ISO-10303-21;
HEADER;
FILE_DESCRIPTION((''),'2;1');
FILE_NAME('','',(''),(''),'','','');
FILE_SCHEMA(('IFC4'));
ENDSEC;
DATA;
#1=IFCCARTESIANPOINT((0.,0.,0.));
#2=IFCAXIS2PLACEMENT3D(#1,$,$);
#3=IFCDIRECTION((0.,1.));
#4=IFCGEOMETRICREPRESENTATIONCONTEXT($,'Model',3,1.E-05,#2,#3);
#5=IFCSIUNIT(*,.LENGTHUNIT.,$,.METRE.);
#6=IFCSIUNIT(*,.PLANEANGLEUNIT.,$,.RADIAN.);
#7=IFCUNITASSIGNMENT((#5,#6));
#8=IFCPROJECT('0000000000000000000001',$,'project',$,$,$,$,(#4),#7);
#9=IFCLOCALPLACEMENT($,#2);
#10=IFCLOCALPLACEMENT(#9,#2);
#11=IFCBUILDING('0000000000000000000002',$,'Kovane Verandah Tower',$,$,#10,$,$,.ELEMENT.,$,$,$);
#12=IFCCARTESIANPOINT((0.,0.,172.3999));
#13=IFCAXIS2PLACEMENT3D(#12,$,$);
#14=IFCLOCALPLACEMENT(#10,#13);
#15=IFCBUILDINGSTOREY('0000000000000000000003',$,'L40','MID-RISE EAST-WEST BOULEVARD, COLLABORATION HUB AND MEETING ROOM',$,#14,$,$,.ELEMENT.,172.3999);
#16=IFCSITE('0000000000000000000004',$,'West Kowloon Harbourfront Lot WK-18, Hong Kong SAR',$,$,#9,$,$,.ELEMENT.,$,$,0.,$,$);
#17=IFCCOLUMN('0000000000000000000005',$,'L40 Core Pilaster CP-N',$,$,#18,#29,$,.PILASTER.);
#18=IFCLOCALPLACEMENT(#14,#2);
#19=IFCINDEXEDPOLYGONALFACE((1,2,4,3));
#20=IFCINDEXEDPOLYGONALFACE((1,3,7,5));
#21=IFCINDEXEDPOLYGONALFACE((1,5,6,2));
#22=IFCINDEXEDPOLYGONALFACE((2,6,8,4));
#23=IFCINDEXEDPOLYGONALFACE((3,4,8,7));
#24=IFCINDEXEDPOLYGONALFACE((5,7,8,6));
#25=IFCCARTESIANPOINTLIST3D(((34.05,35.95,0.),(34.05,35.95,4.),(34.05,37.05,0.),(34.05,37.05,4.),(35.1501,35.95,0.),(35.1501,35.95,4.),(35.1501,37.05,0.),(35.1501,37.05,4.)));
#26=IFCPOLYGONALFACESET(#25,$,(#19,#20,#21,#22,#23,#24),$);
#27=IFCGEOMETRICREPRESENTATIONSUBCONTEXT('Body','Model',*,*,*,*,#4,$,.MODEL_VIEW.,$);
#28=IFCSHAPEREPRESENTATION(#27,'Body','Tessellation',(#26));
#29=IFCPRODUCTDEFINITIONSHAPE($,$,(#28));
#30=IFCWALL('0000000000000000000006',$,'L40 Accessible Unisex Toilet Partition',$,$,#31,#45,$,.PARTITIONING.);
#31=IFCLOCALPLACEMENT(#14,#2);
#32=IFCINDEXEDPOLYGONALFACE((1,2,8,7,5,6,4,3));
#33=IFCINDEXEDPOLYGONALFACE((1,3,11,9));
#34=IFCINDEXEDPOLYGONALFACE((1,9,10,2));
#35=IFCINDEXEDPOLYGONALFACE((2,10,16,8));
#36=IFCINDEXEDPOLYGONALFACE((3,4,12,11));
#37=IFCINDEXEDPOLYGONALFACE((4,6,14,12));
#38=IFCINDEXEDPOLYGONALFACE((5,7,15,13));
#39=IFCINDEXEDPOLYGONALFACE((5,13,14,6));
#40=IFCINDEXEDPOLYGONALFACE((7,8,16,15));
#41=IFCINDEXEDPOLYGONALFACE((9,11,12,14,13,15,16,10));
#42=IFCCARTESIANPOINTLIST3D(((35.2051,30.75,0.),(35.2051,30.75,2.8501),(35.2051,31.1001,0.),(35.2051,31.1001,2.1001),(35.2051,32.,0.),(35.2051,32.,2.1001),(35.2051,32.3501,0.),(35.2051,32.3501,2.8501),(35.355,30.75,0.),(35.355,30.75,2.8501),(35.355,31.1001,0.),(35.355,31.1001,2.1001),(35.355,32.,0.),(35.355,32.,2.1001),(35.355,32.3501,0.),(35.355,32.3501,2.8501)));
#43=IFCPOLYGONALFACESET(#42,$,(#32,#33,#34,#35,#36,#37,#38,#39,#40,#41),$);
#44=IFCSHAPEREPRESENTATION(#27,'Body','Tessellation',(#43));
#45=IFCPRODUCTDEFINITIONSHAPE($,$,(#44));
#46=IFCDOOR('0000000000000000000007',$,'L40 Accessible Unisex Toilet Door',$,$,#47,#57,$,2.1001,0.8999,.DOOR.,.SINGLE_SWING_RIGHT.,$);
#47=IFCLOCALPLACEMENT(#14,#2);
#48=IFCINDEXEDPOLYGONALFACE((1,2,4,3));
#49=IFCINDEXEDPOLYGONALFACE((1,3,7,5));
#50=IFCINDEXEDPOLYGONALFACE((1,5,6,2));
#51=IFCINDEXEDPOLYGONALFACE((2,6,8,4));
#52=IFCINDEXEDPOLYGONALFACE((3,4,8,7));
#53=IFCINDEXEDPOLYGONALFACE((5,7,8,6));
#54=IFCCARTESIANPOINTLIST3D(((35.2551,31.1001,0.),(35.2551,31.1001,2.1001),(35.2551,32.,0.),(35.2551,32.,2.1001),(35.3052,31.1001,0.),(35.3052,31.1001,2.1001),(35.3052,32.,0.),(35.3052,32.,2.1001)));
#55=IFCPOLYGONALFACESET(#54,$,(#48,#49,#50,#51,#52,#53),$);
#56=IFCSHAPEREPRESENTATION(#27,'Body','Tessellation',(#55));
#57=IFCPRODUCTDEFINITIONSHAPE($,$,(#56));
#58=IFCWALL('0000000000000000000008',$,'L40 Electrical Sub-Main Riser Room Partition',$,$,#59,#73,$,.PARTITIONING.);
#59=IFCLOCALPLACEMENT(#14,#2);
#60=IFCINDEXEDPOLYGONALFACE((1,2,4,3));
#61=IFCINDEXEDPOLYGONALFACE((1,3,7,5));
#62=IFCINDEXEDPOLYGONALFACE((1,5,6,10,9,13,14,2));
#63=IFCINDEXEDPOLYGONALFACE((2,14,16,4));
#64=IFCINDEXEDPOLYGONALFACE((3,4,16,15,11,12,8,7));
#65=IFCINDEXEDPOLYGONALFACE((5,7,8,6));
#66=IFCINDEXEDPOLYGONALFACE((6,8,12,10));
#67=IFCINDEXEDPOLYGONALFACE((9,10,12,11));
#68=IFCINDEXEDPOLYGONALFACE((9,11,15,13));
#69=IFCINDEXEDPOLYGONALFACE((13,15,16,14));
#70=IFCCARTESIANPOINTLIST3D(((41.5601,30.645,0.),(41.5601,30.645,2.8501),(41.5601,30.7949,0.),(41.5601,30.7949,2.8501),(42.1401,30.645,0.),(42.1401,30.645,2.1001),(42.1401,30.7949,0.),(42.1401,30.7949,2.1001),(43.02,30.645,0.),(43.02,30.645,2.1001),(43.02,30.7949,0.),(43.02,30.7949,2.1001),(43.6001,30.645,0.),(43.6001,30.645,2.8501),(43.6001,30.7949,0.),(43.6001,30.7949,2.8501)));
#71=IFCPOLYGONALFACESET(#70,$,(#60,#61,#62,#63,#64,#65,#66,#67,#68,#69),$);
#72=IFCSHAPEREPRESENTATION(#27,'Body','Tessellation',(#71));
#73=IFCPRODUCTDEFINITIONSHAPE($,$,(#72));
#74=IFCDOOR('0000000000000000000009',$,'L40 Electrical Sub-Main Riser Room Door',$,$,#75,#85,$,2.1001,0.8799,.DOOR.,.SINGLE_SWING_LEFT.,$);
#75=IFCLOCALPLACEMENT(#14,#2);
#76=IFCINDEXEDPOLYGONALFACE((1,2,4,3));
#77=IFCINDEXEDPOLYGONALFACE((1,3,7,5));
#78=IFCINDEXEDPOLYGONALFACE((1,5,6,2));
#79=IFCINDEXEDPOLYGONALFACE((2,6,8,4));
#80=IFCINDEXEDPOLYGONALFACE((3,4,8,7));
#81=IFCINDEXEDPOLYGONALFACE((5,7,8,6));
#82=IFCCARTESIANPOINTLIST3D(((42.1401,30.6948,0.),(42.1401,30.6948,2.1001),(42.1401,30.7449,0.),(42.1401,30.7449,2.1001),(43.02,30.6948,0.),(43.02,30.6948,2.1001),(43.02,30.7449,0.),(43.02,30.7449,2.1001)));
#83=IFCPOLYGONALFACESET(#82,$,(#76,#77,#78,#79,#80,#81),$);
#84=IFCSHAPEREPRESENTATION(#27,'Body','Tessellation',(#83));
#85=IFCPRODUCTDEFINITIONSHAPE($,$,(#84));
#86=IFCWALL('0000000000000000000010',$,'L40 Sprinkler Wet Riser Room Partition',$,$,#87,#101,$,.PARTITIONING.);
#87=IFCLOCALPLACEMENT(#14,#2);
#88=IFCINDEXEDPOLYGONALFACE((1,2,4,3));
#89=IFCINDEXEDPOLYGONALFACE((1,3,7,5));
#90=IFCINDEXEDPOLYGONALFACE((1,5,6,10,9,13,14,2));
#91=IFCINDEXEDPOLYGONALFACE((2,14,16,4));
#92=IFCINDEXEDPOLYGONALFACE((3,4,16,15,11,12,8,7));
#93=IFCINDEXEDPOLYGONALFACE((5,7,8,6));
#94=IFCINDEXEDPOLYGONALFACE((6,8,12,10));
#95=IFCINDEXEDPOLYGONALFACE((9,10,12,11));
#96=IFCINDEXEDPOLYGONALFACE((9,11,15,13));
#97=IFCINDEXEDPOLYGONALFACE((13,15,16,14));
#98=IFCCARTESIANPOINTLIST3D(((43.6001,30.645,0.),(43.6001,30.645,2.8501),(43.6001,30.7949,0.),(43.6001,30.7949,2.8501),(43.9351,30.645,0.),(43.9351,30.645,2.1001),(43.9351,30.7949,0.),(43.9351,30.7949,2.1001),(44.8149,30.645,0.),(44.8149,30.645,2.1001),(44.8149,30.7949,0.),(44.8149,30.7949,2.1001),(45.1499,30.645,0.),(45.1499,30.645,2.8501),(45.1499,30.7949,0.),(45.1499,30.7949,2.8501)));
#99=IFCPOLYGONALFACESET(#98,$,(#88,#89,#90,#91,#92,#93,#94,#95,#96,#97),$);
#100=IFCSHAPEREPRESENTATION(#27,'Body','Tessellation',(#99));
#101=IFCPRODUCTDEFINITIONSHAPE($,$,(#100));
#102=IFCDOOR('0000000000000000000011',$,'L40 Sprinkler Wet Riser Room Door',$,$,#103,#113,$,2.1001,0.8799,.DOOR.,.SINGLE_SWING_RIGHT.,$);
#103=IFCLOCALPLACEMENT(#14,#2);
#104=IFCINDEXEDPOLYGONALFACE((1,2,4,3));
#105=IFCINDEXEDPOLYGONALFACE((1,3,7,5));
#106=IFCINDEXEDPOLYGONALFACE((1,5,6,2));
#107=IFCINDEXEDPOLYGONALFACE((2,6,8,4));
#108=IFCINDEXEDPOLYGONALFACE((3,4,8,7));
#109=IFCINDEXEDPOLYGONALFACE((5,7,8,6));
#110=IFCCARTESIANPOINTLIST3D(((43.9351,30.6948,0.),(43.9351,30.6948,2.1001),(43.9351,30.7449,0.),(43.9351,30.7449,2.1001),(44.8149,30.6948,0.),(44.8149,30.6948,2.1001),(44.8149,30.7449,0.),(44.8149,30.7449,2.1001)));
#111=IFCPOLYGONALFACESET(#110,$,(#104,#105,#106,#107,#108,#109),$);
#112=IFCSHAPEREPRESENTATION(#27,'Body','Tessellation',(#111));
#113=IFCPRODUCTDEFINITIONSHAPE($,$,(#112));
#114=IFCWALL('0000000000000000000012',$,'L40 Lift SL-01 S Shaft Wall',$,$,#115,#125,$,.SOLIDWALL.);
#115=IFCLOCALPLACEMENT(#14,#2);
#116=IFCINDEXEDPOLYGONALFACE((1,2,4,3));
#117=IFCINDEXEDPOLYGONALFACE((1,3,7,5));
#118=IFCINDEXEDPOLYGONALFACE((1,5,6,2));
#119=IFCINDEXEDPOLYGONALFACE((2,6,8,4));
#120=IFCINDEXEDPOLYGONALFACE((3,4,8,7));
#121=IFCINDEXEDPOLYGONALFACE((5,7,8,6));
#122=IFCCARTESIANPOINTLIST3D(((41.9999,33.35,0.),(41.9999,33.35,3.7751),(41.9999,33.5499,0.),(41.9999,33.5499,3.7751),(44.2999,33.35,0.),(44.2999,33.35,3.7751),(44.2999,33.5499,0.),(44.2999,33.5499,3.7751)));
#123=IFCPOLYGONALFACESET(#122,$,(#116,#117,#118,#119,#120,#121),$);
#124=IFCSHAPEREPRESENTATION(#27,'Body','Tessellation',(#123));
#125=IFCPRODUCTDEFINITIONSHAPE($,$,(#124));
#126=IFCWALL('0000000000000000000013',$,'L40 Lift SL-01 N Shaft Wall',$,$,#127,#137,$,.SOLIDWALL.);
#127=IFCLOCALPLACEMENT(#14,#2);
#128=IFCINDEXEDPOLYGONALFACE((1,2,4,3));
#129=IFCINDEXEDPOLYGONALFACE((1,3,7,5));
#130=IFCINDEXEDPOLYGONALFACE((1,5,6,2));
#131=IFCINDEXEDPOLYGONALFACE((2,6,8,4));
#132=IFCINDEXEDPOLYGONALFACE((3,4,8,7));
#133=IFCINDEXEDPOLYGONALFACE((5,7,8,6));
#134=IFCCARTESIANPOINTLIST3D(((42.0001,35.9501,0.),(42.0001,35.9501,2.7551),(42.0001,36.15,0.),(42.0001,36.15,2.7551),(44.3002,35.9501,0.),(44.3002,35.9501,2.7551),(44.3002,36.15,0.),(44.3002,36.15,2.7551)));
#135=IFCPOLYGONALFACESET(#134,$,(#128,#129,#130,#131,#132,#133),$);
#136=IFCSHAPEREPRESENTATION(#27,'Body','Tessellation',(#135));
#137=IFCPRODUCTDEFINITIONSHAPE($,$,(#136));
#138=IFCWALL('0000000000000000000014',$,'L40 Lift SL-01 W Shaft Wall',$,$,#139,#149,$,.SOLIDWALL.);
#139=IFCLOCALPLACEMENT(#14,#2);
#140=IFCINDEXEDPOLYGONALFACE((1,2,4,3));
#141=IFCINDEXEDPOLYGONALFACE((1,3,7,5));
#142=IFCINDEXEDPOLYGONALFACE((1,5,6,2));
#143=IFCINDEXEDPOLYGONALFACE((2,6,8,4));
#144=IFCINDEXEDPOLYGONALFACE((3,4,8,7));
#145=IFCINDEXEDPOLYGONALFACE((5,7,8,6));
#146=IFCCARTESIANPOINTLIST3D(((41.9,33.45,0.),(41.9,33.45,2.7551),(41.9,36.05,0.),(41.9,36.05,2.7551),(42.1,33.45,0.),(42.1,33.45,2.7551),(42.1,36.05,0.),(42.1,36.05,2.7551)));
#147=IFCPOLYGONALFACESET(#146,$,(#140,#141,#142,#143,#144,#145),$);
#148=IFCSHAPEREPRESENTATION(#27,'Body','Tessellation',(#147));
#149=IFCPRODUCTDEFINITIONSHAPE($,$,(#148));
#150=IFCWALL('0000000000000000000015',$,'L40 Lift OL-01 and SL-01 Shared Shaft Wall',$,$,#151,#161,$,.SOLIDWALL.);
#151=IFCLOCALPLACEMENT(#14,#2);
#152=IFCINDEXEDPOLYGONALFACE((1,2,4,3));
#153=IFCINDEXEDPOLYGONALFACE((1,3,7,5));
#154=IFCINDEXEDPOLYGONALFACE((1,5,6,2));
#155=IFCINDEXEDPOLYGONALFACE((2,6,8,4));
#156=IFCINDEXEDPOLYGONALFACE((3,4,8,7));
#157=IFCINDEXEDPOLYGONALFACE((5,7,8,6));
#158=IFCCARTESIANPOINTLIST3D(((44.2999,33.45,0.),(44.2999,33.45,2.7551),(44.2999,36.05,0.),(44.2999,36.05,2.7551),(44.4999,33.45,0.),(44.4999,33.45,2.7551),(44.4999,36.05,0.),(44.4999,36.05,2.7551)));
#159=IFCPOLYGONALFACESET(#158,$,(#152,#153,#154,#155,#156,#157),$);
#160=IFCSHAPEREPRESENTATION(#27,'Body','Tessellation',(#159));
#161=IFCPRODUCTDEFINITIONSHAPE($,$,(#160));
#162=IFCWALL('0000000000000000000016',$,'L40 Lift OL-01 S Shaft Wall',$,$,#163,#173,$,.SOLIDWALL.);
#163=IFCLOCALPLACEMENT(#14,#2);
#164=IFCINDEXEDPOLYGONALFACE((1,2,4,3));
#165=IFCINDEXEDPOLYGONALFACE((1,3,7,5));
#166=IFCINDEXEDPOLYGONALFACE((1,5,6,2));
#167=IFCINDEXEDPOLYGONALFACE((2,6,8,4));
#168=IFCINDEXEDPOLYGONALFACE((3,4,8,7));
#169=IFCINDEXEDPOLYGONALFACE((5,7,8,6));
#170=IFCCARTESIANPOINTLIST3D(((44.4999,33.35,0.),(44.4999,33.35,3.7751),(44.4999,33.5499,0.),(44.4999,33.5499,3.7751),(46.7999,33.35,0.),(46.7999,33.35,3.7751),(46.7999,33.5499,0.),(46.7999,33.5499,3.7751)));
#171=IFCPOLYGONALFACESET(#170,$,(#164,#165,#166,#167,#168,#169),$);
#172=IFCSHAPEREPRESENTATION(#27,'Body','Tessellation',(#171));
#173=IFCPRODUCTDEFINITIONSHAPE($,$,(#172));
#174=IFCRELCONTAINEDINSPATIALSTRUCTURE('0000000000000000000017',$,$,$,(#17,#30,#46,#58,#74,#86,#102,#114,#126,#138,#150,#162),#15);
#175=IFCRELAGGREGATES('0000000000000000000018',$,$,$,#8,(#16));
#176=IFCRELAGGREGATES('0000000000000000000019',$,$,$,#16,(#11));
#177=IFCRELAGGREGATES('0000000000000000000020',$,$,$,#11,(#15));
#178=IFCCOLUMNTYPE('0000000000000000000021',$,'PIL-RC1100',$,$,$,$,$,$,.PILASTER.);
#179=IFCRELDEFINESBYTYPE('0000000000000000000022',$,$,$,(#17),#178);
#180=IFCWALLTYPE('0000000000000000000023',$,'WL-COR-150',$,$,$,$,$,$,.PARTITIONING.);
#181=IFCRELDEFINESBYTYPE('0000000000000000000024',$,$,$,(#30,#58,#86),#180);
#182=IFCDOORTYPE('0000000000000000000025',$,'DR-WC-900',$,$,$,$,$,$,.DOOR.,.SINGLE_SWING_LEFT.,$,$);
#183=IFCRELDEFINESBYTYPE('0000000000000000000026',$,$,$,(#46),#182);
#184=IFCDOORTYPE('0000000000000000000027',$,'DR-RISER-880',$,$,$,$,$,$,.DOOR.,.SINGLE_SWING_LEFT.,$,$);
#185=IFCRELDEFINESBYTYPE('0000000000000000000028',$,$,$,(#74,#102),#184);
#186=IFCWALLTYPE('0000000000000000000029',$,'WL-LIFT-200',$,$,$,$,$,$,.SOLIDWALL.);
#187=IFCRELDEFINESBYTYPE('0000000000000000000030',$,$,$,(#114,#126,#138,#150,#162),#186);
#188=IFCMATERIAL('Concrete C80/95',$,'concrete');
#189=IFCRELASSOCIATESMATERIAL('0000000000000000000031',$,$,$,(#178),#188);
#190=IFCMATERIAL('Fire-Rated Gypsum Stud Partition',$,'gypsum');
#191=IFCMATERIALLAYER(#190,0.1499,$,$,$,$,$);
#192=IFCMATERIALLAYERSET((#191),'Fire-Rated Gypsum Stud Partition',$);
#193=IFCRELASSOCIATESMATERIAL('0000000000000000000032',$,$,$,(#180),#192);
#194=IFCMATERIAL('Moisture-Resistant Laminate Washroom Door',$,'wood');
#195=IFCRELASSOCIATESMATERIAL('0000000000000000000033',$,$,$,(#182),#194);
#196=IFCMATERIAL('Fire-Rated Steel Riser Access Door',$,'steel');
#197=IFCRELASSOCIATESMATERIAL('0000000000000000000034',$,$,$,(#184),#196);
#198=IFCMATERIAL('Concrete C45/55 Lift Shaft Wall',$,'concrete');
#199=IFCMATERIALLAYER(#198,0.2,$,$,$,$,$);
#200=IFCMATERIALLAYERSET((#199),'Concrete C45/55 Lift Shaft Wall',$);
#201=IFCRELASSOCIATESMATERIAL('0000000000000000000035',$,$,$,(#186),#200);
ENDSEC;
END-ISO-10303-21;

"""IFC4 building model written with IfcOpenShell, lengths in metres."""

from ifc_helpers import new_model, si_unit, direction, frame, frame_2d, origin, origin_2d, place, context, subcontext, project, spatial, rectangle, extrude, material, layer, layer_set, material_profile, profile_set, type_object, element, fill, save


model = new_model("IFC4")

# Units and contexts
model_context = context("Model", 3, precision=1e-05, world=origin(), true_north=direction((0.0, 1.0)))
body_context = subcontext(model_context, "Body", "Model", "MODEL_VIEW")
ifc_project = project(units=[si_unit("LENGTHUNIT", "METRE"), si_unit("PLANEANGLEUNIT", "RADIAN")], contexts=[model_context])

# Site, building, storey
site_placement = place(None, origin())
site = spatial("IfcSite", under=ifc_project, at=site_placement, Name="West Kowloon Harbourfront Lot WK-18, Hong Kong SAR", CompositionType="ELEMENT", RefElevation=0.0)
building_placement = place(site_placement, origin())
building = spatial("IfcBuilding", under=site, at=building_placement, Name="Kovane Verandah Tower", CompositionType="ELEMENT")
storey_placement = place(building_placement, frame((0.0, 0.0, 172.3999)))
storey = spatial("IfcBuildingStorey", under=building, at=storey_placement, Name="L40", Description="MID-RISE EAST-WEST BOULEVARD, COLLABORATION HUB AND MEETING ROOM", CompositionType="ELEMENT", Elevation=172.3999)

# Column
ifc_material_1 = material(Name="Concrete C80/95", Category="concrete")
ifc_material_profile = material_profile(ifc_material_1, rectangle(XDim=1.1001, YDim=1.1001, at=origin_2d()), Name="RC1100x1100")
ifc_profile_set = profile_set([ifc_material_profile], Name="Concrete C80/95")
column_type = type_object("IfcColumnType", Name="PIL-RC1100", PredefinedType="PILASTER", material=ifc_profile_set)
column_placement = place(storey_placement, frame((34.6001, 36.5, 0.0), z_axis=(0.0, 0.0, 1.0), x_axis=(1.0, 0.0, 0.0)))
element("IfcColumn", 1, at=column_placement, inside=storey, type_object=column_type, Name="L40 Core Pilaster CP-N", PredefinedType="PILASTER", context=body_context, shape_type="SweptSolid", body=[
    extrude(rectangle(XDim=1.1001, YDim=1.1001, at=origin_2d()), origin(), (0.0, 0.0, 1.0), 4.0),
])

# Walls, openings, doors
ifc_material_2 = material(Name="Fire-Rated Gypsum Stud Partition", Category="gypsum")
ifc_layer_1 = layer(ifc_material_2, 0.1499)
ifc_layer_set_1 = layer_set([ifc_layer_1], Name="Fire-Rated Gypsum Stud Partition")
wall_type_1 = type_object("IfcWallType", Name="WL-COR-150", PredefinedType="PARTITIONING", material=ifc_layer_set_1)
wall_1_placement = place(storey_placement, frame((35.28, 30.75, 0.0), z_axis=(0.0, 0.0, 1.0), x_axis=(0.0, 1.0, 0.0)))
wall_1 = element("IfcWall", 2, at=wall_1_placement, inside=storey, type_object=wall_type_1, Name="L40 Accessible Unisex Toilet Partition", PredefinedType="PARTITIONING", context=body_context, shape_type="SweptSolid", body=[
    extrude(rectangle(XDim=1.6001, YDim=0.1499, at=frame_2d((0.8, 0.0))), origin(), (0.0, 0.0, 1.0), 2.8501),
])
opening_1_placement = place(wall_1_placement, frame((0.3501, 0.0, 0.0)))
opening_1 = element("IfcOpeningElement", 3, at=opening_1_placement, cuts=wall_1, PredefinedType="OPENING", context=body_context, shape_type="SweptSolid", body=[
    extrude(rectangle(XDim=0.8999, YDim=2.1001, at=frame_2d((0.45, 1.05))), frame((0.0, 0.075, 0.0), z_axis=(0.0, -1.0, 0.0), x_axis=(1.0, 0.0, 0.0)), (0.0, 0.0, 1.0), 0.1499),
])
ifc_material_3 = material(Name="Moisture-Resistant Laminate Washroom Door", Category="wood")
door_type_1 = type_object("IfcDoorType", Name="DR-WC-900", OperationType="SINGLE_SWING_LEFT", PredefinedType="DOOR", material=ifc_material_3)
door_1_placement = place(opening_1_placement, origin())
door_1 = element("IfcDoor", 4, at=door_1_placement, inside=storey, type_object=door_type_1, Name="L40 Accessible Unisex Toilet Door", OperationType="SINGLE_SWING_RIGHT", OverallHeight=2.1001, OverallWidth=0.8999, PredefinedType="DOOR", context=body_context, shape_type="SweptSolid", body=[
    extrude(rectangle(XDim=0.8999, YDim=2.1001, at=frame_2d((0.45, 1.05))), frame((0.0, 0.0249, 0.0), z_axis=(0.0, -1.0, 0.0), x_axis=(1.0, 0.0, 0.0)), (0.0, 0.0, 1.0), 0.05),
])
fill(opening_1, door_1)
wall_2_placement = place(storey_placement, frame((41.5601, 30.72, 0.0), z_axis=(0.0, 0.0, 1.0), x_axis=(1.0, 0.0, 0.0)))
wall_2 = element("IfcWall", 5, at=wall_2_placement, inside=storey, type_object=wall_type_1, Name="L40 Electrical Sub-Main Riser Room Partition", PredefinedType="PARTITIONING", context=body_context, shape_type="SweptSolid", body=[
    extrude(rectangle(XDim=2.04, YDim=0.1499, at=frame_2d((1.02, 0.0))), origin(), (0.0, 0.0, 1.0), 2.8501),
])
opening_2_placement = place(wall_2_placement, frame((0.5801, 0.0, 0.0)))
opening_2 = element("IfcOpeningElement", 6, at=opening_2_placement, cuts=wall_2, PredefinedType="OPENING", context=body_context, shape_type="SweptSolid", body=[
    extrude(rectangle(XDim=0.8799, YDim=2.1001, at=frame_2d((0.4399, 1.05))), frame((0.0, 0.075, 0.0), z_axis=(0.0, -1.0, 0.0), x_axis=(1.0, 0.0, 0.0)), (0.0, 0.0, 1.0), 0.1499),
])
ifc_material_4 = material(Name="Fire-Rated Steel Riser Access Door", Category="steel")
door_type_2 = type_object("IfcDoorType", Name="DR-RISER-880", OperationType="SINGLE_SWING_LEFT", PredefinedType="DOOR", material=ifc_material_4)
door_2_placement = place(opening_2_placement, origin())
door_2 = element("IfcDoor", 7, at=door_2_placement, inside=storey, type_object=door_type_2, Name="L40 Electrical Sub-Main Riser Room Door", OperationType="SINGLE_SWING_LEFT", OverallHeight=2.1001, OverallWidth=0.8799, PredefinedType="DOOR", context=body_context, shape_type="SweptSolid", body=[
    extrude(rectangle(XDim=0.8799, YDim=2.1001, at=frame_2d((0.4399, 1.05))), frame((0.0, 0.0249, 0.0), z_axis=(0.0, -1.0, 0.0), x_axis=(1.0, 0.0, 0.0)), (0.0, 0.0, 1.0), 0.05),
])
fill(opening_2, door_2)
wall_3_placement = place(storey_placement, frame((43.6001, 30.72, 0.0), z_axis=(0.0, 0.0, 1.0), x_axis=(1.0, 0.0, 0.0)))
wall_3 = element("IfcWall", 8, at=wall_3_placement, inside=storey, type_object=wall_type_1, Name="L40 Sprinkler Wet Riser Room Partition", PredefinedType="PARTITIONING", context=body_context, shape_type="SweptSolid", body=[
    extrude(rectangle(XDim=1.5498, YDim=0.1499, at=frame_2d((0.7749, 0.0))), origin(), (0.0, 0.0, 1.0), 2.8501),
])
opening_3_placement = place(wall_3_placement, frame((0.335, 0.0, 0.0)))
opening_3 = element("IfcOpeningElement", 9, at=opening_3_placement, cuts=wall_3, PredefinedType="OPENING", context=body_context, shape_type="SweptSolid", body=[
    extrude(rectangle(XDim=0.8799, YDim=2.1001, at=frame_2d((0.4399, 1.05))), frame((0.0, 0.075, 0.0), z_axis=(0.0, -1.0, 0.0), x_axis=(1.0, 0.0, 0.0)), (0.0, 0.0, 1.0), 0.1499),
])
door_3_placement = place(opening_3_placement, origin())
door_3 = element("IfcDoor", 10, at=door_3_placement, inside=storey, type_object=door_type_2, Name="L40 Sprinkler Wet Riser Room Door", OperationType="SINGLE_SWING_RIGHT", OverallHeight=2.1001, OverallWidth=0.8799, PredefinedType="DOOR", context=body_context, shape_type="SweptSolid", body=[
    extrude(rectangle(XDim=0.8799, YDim=2.1001, at=frame_2d((0.4399, 1.05))), frame((0.0, 0.0249, 0.0), z_axis=(0.0, -1.0, 0.0), x_axis=(1.0, 0.0, 0.0)), (0.0, 0.0, 1.0), 0.05),
])
fill(opening_3, door_3)

# Walls
ifc_material_5 = material(Name="Concrete C45/55 Lift Shaft Wall", Category="concrete")
ifc_layer_2 = layer(ifc_material_5, 0.2)
ifc_layer_set_2 = layer_set([ifc_layer_2], Name="Concrete C45/55 Lift Shaft Wall")
wall_type_2 = type_object("IfcWallType", Name="WL-LIFT-200", PredefinedType="SOLIDWALL", material=ifc_layer_set_2)
wall_4_placement = place(storey_placement, frame((42.0, 33.45, 0.0), z_axis=(0.0, 0.0, 1.0), x_axis=(1.0, 0.0, 0.0)))
element("IfcWall", 11, at=wall_4_placement, inside=storey, type_object=wall_type_2, Name="L40 Lift SL-01 S Shaft Wall", PredefinedType="SOLIDWALL", context=body_context, shape_type="SweptSolid", body=[
    extrude(rectangle(XDim=2.3, YDim=0.2, at=frame_2d((1.1499, 0.0))), origin(), (0.0, 0.0, 1.0), 3.7751),
])
wall_5_placement = place(storey_placement, frame((44.3, 36.05, 0.0), z_axis=(0.0, 0.0, 1.0), x_axis=(-1.0, 0.0, 0.0)))
element("IfcWall", 12, at=wall_5_placement, inside=storey, type_object=wall_type_2, Name="L40 Lift SL-01 N Shaft Wall", PredefinedType="SOLIDWALL", context=body_context, shape_type="SweptSolid", body=[
    extrude(rectangle(XDim=2.3, YDim=0.2, at=frame_2d((1.1499, 0.0))), origin(), (0.0, 0.0, 1.0), 2.7551),
])
for number, where, z_axis, x_axis, name in (
    (13, (42.0, 36.05, 0.0), (0.0, 0.0, 1.0), (0.0, -1.0, 0.0), "L40 Lift SL-01 W Shaft Wall"),
    (14, (44.3999, 33.45, 0.0), (0.0, 0.0, 1.0), (0.0, 1.0, 0.0), "L40 Lift OL-01 and SL-01 Shared Shaft Wall"),
):
    element("IfcWall", number, at=place(storey_placement, frame(where, z_axis=z_axis, x_axis=x_axis)), inside=storey, type_object=wall_type_2, Name=name, PredefinedType="SOLIDWALL", context=body_context, shape_type="SweptSolid", body=[
        extrude(rectangle(XDim=2.6001, YDim=0.2, at=frame_2d((1.3, 0.0))), origin(), (0.0, 0.0, 1.0), 2.7551),
    ])
wall_6_placement = place(storey_placement, frame((44.5, 33.45, 0.0), z_axis=(0.0, 0.0, 1.0), x_axis=(1.0, 0.0, 0.0)))
element("IfcWall", 15, at=wall_6_placement, inside=storey, type_object=wall_type_2, Name="L40 Lift OL-01 S Shaft Wall", PredefinedType="SOLIDWALL", context=body_context, shape_type="SweptSolid", body=[
    extrude(rectangle(XDim=2.3, YDim=0.2, at=frame_2d((1.1499, 0.0))), origin(), (0.0, 0.0, 1.0), 3.7751),
])

save(model, "model.ifc")
